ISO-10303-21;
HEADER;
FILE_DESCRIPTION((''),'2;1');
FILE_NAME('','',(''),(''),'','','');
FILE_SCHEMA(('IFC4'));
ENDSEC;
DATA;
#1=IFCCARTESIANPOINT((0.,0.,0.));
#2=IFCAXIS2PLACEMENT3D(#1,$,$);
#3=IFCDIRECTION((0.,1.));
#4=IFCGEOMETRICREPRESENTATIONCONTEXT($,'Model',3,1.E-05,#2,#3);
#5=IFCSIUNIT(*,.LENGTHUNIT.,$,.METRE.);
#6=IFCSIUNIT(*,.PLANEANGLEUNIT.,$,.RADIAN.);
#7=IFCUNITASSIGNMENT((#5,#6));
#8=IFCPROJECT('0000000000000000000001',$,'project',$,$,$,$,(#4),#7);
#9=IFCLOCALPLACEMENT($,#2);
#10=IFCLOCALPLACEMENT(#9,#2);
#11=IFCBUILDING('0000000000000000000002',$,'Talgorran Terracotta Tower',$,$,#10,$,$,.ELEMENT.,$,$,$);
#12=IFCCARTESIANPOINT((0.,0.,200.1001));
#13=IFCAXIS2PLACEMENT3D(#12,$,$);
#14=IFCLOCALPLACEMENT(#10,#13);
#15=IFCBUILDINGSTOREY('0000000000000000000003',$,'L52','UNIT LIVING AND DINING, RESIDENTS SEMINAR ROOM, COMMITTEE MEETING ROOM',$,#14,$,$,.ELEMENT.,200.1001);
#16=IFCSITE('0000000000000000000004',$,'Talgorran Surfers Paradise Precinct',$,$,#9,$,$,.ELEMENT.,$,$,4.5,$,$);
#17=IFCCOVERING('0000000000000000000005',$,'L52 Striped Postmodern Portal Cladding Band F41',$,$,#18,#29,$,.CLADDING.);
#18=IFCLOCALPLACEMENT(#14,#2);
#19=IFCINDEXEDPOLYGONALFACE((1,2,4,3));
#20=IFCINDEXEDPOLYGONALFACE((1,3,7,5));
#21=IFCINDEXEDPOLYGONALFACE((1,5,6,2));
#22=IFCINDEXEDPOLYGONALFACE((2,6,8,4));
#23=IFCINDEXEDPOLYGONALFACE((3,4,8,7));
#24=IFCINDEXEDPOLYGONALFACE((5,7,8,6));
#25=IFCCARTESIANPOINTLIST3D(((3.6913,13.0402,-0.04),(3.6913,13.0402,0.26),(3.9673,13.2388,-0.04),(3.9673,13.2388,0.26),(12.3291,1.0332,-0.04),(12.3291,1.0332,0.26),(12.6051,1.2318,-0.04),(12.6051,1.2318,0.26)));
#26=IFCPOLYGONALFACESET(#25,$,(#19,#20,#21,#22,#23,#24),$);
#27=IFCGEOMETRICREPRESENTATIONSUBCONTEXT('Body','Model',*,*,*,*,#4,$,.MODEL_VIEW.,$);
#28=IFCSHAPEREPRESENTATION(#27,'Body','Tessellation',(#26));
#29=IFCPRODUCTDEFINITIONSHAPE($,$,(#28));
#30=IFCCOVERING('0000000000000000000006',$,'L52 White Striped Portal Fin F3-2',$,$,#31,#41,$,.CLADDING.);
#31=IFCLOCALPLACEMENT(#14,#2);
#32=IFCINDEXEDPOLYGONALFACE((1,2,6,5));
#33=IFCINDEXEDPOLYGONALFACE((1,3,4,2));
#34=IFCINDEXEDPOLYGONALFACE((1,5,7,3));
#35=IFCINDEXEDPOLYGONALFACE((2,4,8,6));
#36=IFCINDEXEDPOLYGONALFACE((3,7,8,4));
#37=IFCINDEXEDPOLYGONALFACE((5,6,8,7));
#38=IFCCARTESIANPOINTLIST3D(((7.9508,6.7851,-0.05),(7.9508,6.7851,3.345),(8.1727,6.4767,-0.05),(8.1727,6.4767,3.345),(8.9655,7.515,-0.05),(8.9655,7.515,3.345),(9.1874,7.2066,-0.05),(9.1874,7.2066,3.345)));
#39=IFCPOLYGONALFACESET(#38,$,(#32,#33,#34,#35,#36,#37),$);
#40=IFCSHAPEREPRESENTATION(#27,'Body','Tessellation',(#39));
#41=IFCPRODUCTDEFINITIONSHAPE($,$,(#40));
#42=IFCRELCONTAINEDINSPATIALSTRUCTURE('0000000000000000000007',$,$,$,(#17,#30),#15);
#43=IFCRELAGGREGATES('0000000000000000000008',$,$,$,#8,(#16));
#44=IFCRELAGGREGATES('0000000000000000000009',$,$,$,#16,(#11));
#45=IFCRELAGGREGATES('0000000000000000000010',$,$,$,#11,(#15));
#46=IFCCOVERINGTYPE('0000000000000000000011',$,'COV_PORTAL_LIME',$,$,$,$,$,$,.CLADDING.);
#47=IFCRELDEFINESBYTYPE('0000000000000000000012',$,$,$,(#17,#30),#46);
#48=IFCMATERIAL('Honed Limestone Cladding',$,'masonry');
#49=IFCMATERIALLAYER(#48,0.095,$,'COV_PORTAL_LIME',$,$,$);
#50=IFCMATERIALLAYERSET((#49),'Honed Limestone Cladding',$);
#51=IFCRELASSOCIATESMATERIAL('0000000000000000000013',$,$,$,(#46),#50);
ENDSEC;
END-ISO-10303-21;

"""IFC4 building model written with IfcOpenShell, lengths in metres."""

from ifc_helpers import new_model, si_unit, direction, frame, origin, origin_2d, place, context, subcontext, project, spatial, rectangle, extrude, material, layer, layer_set, type_object, element, save


model = new_model("IFC4")

# Units and contexts
model_context = context("Model", 3, precision=1e-05, world=origin(), true_north=direction((0.0, 1.0)))
body_context = subcontext(model_context, "Body", "Model", "MODEL_VIEW")
ifc_project = project(units=[si_unit("LENGTHUNIT", "METRE"), si_unit("PLANEANGLEUNIT", "RADIAN")], contexts=[model_context])

# Site, building, storey
site_placement = place(None, origin())
site = spatial("IfcSite", under=ifc_project, at=site_placement, Name="Talgorran Surfers Paradise Precinct", CompositionType="ELEMENT", RefElevation=4.5)
building_placement = place(site_placement, origin())
building = spatial("IfcBuilding", under=site, at=building_placement, Name="Talgorran Terracotta Tower", CompositionType="ELEMENT")
storey_placement = place(building_placement, frame((0.0, 0.0, 200.1001)))
storey = spatial("IfcBuildingStorey", under=building, at=storey_placement, Name="L52", Description="UNIT LIVING AND DINING, RESIDENTS SEMINAR ROOM, COMMITTEE MEETING ROOM", CompositionType="ELEMENT", Elevation=200.1001)

# Coverings
ifc_material_1 = material(Name="Honed Limestone Cladding", Category="masonry")
ifc_layer_1 = layer(ifc_material_1, 0.095, Name="COV_PORTAL_LIME")
ifc_layer_set_1 = layer_set([ifc_layer_1], Name="Honed Limestone Cladding")
covering_type_1 = type_object("IfcCoveringType", Name="COV_PORTAL_LIME", PredefinedType="CLADDING", material=ifc_layer_set_1)
covering_1_placement = place(storey_placement, frame((8.1482, 7.136, -0.04), z_axis=(0.0, 0.0, 1.0), x_axis=(-0.583981, 0.811768, 0.0)))
element("IfcCovering", 1, at=covering_1_placement, inside=storey, type_object=covering_type_1, Name="L52 Striped Postmodern Portal Cladding Band F41", PredefinedType="CLADDING", context=body_context, shape_type="SweptSolid", body=[
    extrude(rectangle(XDim=14.7913, YDim=0.3401, at=origin_2d()), origin(), (0.0, 0.0, 1.0), 0.3),
])
covering_2_placement = place(storey_placement, frame((8.5691, 6.9958, -0.05), z_axis=(0.0, 0.0, 1.0), x_axis=(-0.583981, 0.811768, 0.0)))
element("IfcCovering", 2, at=covering_2_placement, inside=storey, type_object=covering_type_1, Name="L52 White Striped Portal Fin F3-2", PredefinedType="CLADDING", context=body_context, shape_type="SweptSolid", body=[
    extrude(rectangle(XDim=0.3799, YDim=1.25, at=origin_2d()), origin(), (0.0, 0.0, 1.0), 3.395),
])

save(model, "model.ifc")
